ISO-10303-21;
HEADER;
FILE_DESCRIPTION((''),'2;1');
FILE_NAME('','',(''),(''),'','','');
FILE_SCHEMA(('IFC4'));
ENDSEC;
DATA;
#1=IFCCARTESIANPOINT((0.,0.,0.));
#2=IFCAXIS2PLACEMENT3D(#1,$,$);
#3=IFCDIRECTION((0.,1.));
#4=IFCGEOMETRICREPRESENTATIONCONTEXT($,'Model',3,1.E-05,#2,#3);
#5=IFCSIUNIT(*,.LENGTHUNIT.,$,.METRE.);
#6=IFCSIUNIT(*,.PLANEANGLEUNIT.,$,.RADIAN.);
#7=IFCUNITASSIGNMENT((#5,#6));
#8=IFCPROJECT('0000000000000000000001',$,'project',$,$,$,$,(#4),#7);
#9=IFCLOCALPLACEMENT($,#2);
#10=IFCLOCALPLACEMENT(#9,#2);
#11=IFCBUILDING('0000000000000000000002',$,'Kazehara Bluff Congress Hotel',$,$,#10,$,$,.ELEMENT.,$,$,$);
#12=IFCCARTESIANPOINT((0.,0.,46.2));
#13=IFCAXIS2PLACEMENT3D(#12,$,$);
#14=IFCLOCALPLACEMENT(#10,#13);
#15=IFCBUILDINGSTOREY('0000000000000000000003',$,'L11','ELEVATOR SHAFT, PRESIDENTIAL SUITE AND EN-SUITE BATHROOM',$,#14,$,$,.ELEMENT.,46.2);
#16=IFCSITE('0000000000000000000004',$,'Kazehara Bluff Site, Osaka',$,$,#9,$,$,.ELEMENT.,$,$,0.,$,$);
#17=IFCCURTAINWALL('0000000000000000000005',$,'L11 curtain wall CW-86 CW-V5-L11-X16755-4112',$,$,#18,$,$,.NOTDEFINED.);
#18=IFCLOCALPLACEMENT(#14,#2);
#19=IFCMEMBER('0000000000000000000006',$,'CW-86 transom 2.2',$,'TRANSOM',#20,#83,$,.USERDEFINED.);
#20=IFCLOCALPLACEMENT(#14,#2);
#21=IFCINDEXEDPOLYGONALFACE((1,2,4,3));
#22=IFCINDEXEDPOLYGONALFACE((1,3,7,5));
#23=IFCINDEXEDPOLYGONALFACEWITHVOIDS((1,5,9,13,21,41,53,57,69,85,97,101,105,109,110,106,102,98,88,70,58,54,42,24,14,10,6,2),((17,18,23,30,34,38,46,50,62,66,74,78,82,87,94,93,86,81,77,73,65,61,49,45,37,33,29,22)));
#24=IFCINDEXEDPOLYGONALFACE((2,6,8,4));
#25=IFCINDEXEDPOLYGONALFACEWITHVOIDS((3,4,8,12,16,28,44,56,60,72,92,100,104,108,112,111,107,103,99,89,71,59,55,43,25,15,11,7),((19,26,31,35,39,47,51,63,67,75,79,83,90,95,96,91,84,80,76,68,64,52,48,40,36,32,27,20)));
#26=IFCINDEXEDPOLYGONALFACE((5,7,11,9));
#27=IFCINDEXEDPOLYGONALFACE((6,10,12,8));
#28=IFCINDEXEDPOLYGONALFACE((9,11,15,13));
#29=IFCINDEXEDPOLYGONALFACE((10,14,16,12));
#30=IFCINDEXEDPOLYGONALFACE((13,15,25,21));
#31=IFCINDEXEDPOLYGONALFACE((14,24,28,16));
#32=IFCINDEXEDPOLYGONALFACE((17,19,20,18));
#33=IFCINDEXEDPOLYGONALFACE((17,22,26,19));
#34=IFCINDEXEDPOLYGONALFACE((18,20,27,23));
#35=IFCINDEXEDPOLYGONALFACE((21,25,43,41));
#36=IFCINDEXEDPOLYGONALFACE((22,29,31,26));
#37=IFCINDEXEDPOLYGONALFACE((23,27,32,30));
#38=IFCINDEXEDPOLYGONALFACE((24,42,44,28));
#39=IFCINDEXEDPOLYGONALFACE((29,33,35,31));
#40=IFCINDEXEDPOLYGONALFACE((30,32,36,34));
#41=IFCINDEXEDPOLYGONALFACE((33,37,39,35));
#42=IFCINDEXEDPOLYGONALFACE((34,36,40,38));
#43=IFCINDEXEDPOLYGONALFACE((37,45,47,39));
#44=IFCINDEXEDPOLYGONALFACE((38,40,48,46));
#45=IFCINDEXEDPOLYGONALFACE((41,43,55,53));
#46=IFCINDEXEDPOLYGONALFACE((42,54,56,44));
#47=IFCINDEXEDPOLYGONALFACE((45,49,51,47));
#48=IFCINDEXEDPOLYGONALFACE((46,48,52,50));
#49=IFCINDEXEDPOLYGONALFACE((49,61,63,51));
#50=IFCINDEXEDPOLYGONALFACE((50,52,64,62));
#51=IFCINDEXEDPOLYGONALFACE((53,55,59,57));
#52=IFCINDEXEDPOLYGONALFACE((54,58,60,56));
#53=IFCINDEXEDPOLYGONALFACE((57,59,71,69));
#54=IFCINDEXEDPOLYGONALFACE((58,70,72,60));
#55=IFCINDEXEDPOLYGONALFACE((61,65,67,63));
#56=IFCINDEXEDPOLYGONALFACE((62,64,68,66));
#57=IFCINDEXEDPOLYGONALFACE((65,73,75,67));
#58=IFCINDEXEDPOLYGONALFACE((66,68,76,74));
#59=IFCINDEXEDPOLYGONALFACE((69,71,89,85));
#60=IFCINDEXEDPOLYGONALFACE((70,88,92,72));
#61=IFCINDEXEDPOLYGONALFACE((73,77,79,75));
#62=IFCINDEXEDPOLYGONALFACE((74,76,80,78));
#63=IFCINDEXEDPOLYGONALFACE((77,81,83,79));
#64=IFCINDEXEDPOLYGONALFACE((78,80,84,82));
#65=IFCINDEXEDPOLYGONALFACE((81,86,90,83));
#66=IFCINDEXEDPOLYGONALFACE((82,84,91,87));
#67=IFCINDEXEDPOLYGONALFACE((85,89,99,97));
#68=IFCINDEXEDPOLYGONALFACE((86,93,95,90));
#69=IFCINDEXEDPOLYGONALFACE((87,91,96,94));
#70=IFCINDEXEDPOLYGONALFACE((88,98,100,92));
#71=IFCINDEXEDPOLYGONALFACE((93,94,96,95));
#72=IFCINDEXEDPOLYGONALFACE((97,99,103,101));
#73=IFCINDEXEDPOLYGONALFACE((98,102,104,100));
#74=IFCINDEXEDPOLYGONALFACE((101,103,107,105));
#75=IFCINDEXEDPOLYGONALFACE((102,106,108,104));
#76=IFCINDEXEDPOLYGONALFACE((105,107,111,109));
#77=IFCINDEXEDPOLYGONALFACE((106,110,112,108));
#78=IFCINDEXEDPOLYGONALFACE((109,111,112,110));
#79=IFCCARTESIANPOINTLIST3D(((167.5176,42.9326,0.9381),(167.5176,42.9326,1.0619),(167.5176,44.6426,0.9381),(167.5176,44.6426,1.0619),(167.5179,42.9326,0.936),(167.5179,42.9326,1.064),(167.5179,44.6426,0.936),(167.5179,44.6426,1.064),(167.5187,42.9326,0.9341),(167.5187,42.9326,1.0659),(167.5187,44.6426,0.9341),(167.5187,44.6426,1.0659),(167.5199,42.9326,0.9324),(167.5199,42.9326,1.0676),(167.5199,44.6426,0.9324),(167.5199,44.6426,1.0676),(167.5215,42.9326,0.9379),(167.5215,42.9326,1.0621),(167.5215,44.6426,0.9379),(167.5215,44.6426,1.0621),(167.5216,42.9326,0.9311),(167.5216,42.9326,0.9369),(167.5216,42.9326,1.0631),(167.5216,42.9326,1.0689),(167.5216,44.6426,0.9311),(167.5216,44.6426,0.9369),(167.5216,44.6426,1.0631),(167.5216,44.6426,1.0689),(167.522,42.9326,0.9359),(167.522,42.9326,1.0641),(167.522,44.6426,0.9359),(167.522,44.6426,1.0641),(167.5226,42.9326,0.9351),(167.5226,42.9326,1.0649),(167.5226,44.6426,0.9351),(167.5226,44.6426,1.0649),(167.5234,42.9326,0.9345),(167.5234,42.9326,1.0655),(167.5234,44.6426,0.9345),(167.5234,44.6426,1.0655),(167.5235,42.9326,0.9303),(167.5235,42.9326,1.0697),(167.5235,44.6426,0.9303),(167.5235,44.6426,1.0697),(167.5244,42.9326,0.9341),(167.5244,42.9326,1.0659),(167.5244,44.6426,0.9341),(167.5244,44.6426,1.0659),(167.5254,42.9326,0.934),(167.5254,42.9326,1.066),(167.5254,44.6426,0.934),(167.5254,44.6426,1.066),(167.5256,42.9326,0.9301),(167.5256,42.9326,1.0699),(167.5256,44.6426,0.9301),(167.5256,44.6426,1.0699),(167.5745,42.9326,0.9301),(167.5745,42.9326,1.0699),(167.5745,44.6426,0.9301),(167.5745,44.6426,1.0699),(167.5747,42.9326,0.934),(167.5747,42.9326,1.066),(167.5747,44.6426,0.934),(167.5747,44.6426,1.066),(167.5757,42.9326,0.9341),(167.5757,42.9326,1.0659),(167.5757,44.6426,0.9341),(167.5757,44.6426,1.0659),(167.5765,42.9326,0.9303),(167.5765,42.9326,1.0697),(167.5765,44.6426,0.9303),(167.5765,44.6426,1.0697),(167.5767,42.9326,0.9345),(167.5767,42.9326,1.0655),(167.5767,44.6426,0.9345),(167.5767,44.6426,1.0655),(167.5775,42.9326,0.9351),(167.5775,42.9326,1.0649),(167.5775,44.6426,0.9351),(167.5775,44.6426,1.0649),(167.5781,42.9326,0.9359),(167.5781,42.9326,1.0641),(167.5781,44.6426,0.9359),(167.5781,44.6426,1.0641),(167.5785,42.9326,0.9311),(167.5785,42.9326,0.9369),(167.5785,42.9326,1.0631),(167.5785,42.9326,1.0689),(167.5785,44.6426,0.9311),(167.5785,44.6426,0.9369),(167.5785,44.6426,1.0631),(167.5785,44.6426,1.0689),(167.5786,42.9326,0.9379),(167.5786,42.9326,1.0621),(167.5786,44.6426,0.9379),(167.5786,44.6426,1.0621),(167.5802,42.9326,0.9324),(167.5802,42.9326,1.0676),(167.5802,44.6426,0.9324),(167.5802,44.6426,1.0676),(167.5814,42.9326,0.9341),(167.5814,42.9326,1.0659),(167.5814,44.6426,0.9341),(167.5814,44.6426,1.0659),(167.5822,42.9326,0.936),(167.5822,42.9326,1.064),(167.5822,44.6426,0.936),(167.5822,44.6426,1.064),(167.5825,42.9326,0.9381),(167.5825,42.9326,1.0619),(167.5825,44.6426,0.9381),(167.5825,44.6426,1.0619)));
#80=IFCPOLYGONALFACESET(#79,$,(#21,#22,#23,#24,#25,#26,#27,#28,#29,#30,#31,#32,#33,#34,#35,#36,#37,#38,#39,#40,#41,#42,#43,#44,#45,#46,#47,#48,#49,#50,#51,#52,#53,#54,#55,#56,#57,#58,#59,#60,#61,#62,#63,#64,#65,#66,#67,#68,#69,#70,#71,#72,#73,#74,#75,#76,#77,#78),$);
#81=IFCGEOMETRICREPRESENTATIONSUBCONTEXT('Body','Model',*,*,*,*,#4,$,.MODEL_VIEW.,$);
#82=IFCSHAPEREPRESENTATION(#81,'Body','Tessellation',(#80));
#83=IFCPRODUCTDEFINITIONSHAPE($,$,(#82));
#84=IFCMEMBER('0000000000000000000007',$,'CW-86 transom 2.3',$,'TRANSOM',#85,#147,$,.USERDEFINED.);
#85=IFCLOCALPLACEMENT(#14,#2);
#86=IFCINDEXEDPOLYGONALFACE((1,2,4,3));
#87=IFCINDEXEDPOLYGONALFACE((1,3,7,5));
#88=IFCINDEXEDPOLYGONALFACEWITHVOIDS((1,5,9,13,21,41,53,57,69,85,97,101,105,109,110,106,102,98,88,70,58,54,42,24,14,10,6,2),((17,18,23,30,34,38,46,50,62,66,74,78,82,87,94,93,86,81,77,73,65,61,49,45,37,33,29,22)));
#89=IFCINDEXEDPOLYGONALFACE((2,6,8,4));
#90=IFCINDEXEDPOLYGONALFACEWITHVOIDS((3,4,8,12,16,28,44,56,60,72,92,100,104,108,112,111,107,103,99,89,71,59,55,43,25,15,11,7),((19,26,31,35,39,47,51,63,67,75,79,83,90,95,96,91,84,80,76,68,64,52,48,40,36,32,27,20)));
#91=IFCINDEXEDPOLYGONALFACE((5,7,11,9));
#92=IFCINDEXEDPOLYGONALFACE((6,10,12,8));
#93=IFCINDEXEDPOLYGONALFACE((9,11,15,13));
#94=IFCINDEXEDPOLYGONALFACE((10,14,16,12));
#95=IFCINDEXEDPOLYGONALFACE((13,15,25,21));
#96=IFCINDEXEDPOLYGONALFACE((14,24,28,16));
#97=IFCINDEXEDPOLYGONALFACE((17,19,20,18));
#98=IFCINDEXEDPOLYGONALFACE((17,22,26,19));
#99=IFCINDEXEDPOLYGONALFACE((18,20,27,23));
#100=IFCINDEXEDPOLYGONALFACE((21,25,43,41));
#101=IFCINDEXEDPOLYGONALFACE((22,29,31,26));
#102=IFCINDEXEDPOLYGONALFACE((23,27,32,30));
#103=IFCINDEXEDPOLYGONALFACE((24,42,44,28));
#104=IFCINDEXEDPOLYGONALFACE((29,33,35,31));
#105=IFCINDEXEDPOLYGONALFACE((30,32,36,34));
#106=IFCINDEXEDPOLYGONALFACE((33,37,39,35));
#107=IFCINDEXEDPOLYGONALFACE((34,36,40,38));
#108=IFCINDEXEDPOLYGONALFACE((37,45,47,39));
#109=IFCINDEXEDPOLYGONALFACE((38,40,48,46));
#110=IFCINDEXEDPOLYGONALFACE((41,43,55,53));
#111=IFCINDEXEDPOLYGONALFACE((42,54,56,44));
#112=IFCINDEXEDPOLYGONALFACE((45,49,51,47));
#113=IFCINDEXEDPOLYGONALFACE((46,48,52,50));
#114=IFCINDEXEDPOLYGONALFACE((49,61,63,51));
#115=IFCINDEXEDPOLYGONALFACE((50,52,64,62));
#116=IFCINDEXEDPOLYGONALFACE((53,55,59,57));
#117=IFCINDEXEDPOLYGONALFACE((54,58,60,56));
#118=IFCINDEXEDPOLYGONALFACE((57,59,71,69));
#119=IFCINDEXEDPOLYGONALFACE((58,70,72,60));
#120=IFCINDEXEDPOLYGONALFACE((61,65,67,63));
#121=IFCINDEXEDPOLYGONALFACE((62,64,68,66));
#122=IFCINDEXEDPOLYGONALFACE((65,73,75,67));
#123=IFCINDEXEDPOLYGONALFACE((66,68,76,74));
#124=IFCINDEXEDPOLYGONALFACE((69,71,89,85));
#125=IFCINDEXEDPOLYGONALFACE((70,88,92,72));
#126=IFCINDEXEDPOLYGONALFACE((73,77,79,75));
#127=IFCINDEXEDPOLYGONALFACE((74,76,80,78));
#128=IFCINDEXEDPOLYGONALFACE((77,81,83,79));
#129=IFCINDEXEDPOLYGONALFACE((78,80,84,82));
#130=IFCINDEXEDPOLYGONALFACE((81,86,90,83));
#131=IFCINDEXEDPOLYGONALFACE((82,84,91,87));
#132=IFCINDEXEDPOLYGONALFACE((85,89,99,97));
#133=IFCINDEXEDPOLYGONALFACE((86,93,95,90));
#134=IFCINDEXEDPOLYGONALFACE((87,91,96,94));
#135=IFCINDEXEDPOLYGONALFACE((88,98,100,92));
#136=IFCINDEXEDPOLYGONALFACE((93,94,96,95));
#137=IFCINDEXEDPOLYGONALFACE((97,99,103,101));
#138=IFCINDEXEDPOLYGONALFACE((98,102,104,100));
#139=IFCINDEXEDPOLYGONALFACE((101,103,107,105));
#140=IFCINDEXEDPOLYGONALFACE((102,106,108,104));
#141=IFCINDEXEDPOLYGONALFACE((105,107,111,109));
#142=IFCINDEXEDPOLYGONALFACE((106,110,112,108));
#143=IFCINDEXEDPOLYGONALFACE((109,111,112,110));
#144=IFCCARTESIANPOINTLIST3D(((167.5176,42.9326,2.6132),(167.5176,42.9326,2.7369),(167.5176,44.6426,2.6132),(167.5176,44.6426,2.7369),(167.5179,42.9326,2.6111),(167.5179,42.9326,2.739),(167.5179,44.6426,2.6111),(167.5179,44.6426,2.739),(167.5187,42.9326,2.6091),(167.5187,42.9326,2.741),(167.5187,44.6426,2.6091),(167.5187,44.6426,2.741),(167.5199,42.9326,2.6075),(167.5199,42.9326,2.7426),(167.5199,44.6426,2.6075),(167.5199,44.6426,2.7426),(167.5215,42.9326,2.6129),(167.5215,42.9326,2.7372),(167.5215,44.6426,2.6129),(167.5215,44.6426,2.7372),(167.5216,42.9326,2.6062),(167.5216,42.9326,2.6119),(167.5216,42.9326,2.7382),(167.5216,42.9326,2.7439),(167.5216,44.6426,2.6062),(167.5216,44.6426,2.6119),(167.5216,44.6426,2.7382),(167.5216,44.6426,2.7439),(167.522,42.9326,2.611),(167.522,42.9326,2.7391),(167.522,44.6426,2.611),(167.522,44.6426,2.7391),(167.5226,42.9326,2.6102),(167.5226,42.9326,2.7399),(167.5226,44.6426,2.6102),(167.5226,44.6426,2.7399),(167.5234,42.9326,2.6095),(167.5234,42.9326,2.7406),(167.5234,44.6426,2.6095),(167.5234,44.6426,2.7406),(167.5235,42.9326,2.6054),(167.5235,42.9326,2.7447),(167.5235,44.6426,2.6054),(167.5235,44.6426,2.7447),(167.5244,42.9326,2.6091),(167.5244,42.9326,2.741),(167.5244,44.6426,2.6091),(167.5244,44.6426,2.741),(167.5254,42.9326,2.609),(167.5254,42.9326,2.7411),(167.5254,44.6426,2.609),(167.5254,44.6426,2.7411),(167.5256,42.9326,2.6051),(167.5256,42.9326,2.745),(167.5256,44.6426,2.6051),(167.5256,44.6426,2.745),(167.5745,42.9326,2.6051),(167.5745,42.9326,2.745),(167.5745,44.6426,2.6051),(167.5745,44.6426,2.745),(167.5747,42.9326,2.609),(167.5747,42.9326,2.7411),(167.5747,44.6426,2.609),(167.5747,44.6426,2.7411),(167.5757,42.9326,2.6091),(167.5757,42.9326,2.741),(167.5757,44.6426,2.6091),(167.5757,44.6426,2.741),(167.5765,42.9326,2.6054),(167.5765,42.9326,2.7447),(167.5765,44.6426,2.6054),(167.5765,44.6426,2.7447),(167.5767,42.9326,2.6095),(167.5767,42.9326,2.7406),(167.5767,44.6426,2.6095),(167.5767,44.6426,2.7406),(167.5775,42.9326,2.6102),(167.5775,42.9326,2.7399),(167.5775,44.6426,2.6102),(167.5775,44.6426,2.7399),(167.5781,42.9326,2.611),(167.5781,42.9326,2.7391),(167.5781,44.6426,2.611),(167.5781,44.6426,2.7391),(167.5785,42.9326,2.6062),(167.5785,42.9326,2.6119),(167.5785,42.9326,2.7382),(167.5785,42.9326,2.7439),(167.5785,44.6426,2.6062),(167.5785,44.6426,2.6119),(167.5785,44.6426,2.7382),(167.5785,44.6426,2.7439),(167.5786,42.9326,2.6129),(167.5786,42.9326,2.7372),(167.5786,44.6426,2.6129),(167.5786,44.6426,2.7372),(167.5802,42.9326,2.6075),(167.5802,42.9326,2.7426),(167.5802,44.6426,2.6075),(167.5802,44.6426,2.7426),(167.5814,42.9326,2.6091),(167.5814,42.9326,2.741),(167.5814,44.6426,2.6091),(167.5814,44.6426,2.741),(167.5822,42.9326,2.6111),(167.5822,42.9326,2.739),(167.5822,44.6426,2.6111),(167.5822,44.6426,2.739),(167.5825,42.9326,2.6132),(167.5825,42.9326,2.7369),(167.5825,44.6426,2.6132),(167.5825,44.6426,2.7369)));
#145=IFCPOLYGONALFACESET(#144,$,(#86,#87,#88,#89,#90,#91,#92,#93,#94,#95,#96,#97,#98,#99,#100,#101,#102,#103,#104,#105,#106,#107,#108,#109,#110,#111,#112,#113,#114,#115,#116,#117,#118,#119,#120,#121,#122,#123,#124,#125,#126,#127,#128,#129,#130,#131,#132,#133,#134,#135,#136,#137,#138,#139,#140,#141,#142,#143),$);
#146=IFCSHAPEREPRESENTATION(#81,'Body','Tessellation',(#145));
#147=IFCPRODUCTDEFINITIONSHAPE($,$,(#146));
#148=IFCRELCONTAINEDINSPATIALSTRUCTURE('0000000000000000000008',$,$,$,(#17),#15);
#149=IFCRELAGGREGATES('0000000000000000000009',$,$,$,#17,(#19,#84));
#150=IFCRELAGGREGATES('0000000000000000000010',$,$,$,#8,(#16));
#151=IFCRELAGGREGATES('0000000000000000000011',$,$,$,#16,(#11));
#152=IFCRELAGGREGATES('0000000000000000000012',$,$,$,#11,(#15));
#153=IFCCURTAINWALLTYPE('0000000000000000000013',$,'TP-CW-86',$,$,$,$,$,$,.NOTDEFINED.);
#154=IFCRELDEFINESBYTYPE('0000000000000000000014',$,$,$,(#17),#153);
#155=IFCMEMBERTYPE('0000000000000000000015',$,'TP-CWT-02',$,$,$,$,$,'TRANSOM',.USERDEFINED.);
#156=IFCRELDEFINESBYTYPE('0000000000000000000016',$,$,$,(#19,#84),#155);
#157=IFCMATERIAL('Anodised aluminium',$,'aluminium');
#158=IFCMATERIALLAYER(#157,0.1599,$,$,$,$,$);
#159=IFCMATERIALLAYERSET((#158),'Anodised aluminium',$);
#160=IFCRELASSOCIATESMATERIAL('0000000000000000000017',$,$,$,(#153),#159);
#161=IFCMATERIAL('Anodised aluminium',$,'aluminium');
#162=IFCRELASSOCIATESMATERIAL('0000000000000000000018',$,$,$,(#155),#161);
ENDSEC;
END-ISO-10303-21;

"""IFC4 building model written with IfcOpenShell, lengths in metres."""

from ifc_helpers import new_model, si_unit, direction, frame, origin, origin_2d, place, context, subcontext, project, spatial, hollow_rectangle, extrude, material, layer, layer_set, material_profile, profile_set, type_object, element, aggregate, save


model = new_model("IFC4")

# Units and contexts
model_context = context("Model", 3, precision=1e-05, world=origin(), true_north=direction((0.0, 1.0)))
body_context = subcontext(model_context, "Body", "Model", "MODEL_VIEW")
ifc_project = project(units=[si_unit("LENGTHUNIT", "METRE"), si_unit("PLANEANGLEUNIT", "RADIAN")], contexts=[model_context])

# Site, building, storey
site_placement = place(None, origin())
site = spatial("IfcSite", under=ifc_project, at=site_placement, Name="Kazehara Bluff Site, Osaka", CompositionType="ELEMENT", RefElevation=0.0)
building_placement = place(site_placement, origin())
building = spatial("IfcBuilding", under=site, at=building_placement, Name="Kazehara Bluff Congress Hotel", CompositionType="ELEMENT")
storey_placement = place(building_placement, frame((0.0, 0.0, 46.2)))
storey = spatial("IfcBuildingStorey", under=building, at=storey_placement, Name="L11", Description="ELEVATOR SHAFT, PRESIDENTIAL SUITE AND EN-SUITE BATHROOM", CompositionType="ELEMENT", Elevation=46.2)

# Curtain wall, members
ifc_material_1 = material(Name="Anodised aluminium", Category="aluminium")
ifc_layer_1 = layer(ifc_material_1, 0.1599)
ifc_layer_set_1 = layer_set([ifc_layer_1], Name="Anodised aluminium")
curtain_wall_type_1 = type_object("IfcCurtainWallType", Name="TP-CW-86", PredefinedType="NOTDEFINED", material=ifc_layer_set_1)
curtain_wall_1_placement = place(storey_placement, origin())
curtain_wall_1 = element("IfcCurtainWall", 1, at=curtain_wall_1_placement, inside=storey, type_object=curtain_wall_type_1, Name="L11 curtain wall CW-86 CW-V5-L11-X16755-4112", PredefinedType="NOTDEFINED")
ifc_material_2 = material(Name="Anodised aluminium", Category="aluminium")
ifc_material_profile_1 = material_profile(ifc_material_2, hollow_rectangle(XDim=0.0649, YDim=0.1399, WallThickness=0.0039, InnerFilletRadius=0.0039, OuterFilletRadius=0.0081, at=origin_2d()))
ifc_profile_set_1 = profile_set([ifc_material_profile_1], Name="Anodised aluminium")
member_type_1 = type_object("IfcMemberType", Name="TP-CWT-02", ElementType="TRANSOM", PredefinedType="USERDEFINED", material=ifc_profile_set_1)
member_1_placement = place(storey_placement, frame((167.55, 42.9326, 1.0), z_axis=(0.0, 1.0, 0.0), x_axis=(-1.0, 0.0, 0.0)))
member_1 = element("IfcMember", 2, at=member_1_placement, type_object=member_type_1, Name="CW-86 transom 2.2", ObjectType="TRANSOM", PredefinedType="USERDEFINED", context=body_context, shape_type="SweptSolid", body=[
    extrude(hollow_rectangle(XDim=0.0649, YDim=0.1399, WallThickness=0.0039, InnerFilletRadius=0.0039, OuterFilletRadius=0.0081, at=origin_2d()), origin(), (0.0, 0.0, 1.0), 1.71),
])
member_2_placement = place(storey_placement, frame((167.55, 42.9326, 2.675), z_axis=(0.0, 1.0, 0.0), x_axis=(-1.0, 0.0, 0.0)))
member_2 = element("IfcMember", 3, at=member_2_placement, type_object=member_type_1, Name="CW-86 transom 2.3", ObjectType="TRANSOM", PredefinedType="USERDEFINED", context=body_context, shape_type="SweptSolid", body=[
    extrude(hollow_rectangle(XDim=0.0649, YDim=0.1399, WallThickness=0.0039, InnerFilletRadius=0.0039, OuterFilletRadius=0.0081, at=origin_2d()), origin(), (0.0, 0.0, 1.0), 1.71),
])

aggregate(curtain_wall_1, [member_1, member_2])

save(model, "model.ifc")
